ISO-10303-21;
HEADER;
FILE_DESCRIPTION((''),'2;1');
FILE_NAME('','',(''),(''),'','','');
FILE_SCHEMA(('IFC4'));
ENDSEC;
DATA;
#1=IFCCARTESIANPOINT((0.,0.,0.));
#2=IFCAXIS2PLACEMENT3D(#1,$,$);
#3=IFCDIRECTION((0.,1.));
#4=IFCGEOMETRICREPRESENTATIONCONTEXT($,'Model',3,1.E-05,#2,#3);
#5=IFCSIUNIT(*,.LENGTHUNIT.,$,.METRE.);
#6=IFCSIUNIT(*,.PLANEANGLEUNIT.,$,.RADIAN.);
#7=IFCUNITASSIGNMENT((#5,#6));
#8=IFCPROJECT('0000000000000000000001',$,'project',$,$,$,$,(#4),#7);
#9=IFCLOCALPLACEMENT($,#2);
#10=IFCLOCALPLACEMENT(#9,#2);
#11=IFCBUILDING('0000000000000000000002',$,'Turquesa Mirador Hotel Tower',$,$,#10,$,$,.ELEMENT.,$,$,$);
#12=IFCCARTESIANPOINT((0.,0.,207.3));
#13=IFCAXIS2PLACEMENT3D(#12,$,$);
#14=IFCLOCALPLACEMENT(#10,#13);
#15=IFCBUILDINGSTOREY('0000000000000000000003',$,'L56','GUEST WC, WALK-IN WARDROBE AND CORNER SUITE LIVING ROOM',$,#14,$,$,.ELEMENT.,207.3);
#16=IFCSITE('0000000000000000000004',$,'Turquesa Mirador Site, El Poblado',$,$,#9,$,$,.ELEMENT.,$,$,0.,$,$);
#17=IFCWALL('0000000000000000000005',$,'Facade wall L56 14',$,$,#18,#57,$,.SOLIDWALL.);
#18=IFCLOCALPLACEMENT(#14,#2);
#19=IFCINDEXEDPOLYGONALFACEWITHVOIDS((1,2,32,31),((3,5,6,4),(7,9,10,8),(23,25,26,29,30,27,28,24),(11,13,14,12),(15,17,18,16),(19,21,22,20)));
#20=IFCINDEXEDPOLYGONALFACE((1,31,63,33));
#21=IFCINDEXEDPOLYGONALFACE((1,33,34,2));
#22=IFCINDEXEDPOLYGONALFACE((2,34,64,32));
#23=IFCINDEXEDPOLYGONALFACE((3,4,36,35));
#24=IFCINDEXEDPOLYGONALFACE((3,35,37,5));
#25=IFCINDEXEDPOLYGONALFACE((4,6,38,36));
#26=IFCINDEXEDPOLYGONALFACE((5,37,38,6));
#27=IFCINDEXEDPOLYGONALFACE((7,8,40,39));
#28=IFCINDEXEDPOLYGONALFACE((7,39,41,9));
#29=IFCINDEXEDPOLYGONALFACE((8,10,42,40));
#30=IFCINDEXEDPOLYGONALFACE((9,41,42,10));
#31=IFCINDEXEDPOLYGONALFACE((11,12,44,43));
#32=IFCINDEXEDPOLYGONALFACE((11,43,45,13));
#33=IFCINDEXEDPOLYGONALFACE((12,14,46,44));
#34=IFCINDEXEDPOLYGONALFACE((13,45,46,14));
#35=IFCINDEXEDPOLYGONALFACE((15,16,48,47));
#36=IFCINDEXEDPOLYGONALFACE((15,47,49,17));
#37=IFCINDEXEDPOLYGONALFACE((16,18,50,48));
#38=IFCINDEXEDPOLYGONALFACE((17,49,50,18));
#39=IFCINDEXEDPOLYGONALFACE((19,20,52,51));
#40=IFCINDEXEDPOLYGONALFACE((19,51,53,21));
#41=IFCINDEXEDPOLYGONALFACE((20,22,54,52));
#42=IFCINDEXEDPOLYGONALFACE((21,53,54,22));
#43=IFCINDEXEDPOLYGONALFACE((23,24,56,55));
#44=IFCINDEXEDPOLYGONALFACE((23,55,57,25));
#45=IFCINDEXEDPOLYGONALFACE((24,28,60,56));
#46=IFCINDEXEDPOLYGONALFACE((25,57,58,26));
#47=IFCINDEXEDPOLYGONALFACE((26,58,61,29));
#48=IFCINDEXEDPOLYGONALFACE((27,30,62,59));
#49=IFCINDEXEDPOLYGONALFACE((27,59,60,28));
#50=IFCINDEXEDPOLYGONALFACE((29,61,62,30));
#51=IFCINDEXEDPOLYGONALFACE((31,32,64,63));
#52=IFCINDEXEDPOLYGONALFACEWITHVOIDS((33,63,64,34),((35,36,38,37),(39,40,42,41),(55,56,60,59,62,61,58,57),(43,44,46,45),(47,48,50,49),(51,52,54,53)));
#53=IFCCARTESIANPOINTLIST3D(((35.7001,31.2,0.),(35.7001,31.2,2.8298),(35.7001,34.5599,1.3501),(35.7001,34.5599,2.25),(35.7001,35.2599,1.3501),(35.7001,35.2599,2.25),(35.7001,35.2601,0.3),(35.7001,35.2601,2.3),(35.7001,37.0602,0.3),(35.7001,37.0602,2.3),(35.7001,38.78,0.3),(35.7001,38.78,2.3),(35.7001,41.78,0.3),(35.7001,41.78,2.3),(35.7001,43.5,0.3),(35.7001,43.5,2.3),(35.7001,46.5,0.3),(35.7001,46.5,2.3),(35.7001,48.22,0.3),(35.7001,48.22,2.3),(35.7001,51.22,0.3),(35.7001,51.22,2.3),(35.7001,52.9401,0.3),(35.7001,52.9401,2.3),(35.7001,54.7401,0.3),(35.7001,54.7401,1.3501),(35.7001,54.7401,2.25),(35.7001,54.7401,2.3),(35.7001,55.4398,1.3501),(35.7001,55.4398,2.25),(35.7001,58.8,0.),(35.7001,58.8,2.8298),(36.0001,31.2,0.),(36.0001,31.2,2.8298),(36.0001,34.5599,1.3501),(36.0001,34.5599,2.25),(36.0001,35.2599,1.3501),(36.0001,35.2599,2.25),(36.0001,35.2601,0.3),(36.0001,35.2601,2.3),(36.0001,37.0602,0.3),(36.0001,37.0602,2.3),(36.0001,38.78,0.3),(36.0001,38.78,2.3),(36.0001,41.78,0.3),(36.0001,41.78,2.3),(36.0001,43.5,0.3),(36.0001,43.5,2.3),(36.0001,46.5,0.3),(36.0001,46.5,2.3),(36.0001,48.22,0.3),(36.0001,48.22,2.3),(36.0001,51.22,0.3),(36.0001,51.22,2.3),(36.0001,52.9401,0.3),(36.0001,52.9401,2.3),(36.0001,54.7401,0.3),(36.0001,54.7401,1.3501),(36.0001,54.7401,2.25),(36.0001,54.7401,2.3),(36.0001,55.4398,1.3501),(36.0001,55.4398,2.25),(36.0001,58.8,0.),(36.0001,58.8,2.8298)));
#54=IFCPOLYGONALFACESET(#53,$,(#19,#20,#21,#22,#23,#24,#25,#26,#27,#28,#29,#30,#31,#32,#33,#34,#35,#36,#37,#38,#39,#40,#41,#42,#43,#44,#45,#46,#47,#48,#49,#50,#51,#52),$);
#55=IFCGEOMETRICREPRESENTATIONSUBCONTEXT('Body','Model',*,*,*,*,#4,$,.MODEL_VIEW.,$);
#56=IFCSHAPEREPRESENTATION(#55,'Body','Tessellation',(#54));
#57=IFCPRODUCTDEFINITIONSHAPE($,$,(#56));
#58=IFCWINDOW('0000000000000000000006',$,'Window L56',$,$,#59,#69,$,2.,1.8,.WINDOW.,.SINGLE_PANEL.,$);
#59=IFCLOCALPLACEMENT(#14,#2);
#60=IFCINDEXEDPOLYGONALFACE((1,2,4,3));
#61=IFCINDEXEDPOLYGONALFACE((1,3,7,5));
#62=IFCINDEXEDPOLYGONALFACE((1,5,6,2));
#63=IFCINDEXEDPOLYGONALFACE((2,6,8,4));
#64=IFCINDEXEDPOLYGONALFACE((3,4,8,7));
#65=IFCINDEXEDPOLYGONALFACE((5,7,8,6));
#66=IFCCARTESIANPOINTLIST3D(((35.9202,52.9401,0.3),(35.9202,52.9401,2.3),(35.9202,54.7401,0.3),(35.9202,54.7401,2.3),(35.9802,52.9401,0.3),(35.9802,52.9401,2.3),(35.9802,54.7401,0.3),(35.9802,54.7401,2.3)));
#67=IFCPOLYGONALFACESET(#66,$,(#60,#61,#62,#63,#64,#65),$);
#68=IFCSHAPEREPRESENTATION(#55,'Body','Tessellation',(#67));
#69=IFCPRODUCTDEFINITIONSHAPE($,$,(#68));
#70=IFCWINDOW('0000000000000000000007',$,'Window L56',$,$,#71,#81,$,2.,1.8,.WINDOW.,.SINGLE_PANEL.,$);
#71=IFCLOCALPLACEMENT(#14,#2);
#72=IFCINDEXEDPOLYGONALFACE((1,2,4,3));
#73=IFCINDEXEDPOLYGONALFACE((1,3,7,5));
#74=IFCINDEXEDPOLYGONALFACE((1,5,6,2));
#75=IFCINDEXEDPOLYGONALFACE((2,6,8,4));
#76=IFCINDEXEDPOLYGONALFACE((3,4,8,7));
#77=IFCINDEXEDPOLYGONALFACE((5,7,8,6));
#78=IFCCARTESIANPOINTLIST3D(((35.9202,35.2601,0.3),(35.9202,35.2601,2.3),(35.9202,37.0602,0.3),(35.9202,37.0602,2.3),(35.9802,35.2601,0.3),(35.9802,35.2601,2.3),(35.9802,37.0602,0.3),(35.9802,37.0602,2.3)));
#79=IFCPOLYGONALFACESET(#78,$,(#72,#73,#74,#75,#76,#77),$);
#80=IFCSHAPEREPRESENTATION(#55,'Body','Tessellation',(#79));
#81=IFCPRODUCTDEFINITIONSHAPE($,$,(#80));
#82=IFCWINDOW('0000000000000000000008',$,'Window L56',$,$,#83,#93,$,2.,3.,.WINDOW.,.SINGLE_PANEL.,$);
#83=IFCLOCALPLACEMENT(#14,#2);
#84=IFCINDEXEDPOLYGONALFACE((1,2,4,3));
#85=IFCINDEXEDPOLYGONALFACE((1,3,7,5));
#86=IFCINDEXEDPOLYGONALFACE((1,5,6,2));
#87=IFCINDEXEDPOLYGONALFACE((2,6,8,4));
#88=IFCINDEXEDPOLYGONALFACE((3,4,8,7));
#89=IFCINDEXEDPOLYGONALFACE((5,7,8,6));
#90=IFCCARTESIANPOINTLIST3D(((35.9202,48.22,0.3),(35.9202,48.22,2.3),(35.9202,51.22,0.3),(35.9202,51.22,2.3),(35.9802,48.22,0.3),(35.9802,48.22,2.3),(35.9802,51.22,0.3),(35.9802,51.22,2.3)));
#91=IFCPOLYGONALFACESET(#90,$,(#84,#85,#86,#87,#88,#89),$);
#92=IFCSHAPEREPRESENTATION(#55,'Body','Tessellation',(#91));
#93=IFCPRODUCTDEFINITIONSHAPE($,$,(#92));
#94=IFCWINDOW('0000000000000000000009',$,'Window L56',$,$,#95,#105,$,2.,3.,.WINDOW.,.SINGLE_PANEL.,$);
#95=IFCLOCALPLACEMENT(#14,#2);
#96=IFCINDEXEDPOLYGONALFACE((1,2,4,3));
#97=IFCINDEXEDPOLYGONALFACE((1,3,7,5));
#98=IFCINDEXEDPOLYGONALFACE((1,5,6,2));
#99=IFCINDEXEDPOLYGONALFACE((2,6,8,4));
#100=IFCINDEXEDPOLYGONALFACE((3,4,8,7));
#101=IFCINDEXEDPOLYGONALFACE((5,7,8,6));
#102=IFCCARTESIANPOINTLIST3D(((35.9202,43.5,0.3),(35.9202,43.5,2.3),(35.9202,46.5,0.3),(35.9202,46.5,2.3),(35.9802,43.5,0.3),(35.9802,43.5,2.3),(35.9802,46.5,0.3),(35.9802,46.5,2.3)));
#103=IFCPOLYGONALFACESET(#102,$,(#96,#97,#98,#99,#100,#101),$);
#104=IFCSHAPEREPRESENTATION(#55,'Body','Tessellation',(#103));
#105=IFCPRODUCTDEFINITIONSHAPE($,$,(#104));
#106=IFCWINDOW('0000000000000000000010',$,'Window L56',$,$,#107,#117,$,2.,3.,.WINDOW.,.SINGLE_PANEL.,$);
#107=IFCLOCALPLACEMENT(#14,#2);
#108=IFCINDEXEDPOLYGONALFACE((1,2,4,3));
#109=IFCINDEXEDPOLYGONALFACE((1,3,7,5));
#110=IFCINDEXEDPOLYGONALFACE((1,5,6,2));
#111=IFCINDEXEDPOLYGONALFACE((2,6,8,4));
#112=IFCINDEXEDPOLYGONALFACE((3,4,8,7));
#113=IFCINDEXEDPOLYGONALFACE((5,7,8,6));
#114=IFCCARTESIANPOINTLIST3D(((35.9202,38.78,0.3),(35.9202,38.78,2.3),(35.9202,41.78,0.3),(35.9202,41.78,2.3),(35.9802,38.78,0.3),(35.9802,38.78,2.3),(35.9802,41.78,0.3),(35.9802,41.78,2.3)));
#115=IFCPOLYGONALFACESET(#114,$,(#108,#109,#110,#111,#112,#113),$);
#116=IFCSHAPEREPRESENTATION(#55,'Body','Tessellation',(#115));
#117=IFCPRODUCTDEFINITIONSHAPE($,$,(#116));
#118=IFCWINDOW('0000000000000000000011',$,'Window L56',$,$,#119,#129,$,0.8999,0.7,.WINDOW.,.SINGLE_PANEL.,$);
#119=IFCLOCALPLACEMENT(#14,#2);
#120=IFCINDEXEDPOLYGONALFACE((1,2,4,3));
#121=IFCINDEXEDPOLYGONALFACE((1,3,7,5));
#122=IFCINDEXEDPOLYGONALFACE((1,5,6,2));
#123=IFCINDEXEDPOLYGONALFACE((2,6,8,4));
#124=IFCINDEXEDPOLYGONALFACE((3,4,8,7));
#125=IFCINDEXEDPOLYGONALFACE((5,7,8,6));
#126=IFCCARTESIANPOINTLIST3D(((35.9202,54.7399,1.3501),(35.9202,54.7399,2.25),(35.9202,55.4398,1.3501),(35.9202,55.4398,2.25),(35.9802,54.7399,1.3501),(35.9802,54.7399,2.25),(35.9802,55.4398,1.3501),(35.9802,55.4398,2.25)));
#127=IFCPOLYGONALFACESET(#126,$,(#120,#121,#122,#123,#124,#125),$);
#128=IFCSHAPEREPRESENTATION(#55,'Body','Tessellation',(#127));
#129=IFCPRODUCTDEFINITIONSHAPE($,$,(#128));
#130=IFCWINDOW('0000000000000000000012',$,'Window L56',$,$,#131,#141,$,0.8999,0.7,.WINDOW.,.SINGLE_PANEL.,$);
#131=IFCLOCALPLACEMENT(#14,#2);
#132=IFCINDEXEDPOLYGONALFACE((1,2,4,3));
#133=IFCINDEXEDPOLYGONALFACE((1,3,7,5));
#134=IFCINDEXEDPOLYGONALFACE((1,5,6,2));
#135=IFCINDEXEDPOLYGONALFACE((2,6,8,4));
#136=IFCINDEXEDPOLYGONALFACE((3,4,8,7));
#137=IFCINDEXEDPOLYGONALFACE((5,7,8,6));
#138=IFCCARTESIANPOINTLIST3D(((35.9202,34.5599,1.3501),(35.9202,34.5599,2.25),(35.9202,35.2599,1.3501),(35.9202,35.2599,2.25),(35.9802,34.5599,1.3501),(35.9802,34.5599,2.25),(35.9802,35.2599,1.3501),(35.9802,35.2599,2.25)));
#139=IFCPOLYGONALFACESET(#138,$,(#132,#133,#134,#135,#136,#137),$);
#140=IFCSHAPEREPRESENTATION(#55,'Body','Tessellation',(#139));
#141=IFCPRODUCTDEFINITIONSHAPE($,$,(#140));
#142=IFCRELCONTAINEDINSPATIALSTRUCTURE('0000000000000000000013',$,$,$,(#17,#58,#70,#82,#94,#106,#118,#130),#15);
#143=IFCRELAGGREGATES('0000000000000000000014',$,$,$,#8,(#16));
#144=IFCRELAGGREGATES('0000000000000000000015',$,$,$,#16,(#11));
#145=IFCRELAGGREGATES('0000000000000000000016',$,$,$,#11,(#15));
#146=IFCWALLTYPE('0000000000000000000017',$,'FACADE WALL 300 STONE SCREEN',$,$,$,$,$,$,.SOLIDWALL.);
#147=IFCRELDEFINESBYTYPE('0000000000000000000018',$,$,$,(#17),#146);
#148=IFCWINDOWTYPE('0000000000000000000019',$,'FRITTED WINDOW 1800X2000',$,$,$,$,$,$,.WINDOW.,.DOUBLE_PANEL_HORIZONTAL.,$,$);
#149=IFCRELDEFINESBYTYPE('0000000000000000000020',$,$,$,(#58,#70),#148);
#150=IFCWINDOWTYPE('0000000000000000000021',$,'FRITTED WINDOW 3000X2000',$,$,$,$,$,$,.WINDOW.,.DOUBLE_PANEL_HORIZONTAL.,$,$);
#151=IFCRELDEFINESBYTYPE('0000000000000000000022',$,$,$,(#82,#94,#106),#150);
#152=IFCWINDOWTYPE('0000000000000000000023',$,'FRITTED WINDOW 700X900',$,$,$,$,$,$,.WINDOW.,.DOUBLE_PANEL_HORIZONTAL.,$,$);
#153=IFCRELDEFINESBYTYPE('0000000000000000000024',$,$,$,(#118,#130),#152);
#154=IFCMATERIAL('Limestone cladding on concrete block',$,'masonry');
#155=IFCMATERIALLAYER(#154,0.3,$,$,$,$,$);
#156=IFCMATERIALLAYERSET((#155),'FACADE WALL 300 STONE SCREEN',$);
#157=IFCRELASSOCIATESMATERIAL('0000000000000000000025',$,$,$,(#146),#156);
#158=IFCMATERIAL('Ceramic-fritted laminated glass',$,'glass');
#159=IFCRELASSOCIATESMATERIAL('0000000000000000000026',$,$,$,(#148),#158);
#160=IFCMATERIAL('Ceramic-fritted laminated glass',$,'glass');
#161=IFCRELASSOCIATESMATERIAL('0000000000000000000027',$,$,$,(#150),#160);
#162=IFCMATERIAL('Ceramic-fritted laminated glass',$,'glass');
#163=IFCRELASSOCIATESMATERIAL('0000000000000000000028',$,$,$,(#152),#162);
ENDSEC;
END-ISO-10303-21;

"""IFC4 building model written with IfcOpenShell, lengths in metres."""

from ifc_helpers import new_model, si_unit, direction, frame, frame_2d, origin, place, context, subcontext, project, spatial, rectangle, extrude, material, layer, layer_set, type_object, element, fill, save


model = new_model("IFC4")

# Units and contexts
model_context = context("Model", 3, precision=1e-05, world=origin(), true_north=direction((0.0, 1.0)))
body_context = subcontext(model_context, "Body", "Model", "MODEL_VIEW")
ifc_project = project(units=[si_unit("LENGTHUNIT", "METRE"), si_unit("PLANEANGLEUNIT", "RADIAN")], contexts=[model_context])

# Site, building, storey
site_placement = place(None, origin())
site = spatial("IfcSite", under=ifc_project, at=site_placement, Name="Turquesa Mirador Site, El Poblado", CompositionType="ELEMENT", RefElevation=0.0)
building_placement = place(site_placement, origin())
building = spatial("IfcBuilding", under=site, at=building_placement, Name="Turquesa Mirador Hotel Tower", CompositionType="ELEMENT")
storey_placement = place(building_placement, frame((0.0, 0.0, 207.3)))
storey = spatial("IfcBuildingStorey", under=building, at=storey_placement, Name="L56", Description="GUEST WC, WALK-IN WARDROBE AND CORNER SUITE LIVING ROOM", CompositionType="ELEMENT", Elevation=207.3)

# Shared definitions
ifc_material_1 = material(Name="Limestone cladding on concrete block", Category="masonry")
ifc_layer = layer(ifc_material_1, 0.3)
ifc_layer_set = layer_set([ifc_layer], Name="FACADE WALL 300 STONE SCREEN")
wall_type = type_object("IfcWallType", Name="FACADE WALL 300 STONE SCREEN", PredefinedType="SOLIDWALL", material=ifc_layer_set)

# Wall, openings, windows
wall_1_placement = place(storey_placement, frame((35.8501, 58.8, 0.0), z_axis=(0.0, 0.0, 1.0), x_axis=(0.0, -1.0, 0.0)))
wall_1 = element("IfcWall", 1, at=wall_1_placement, inside=storey, type_object=wall_type, Name="Facade wall L56 14", PredefinedType="SOLIDWALL", context=body_context, shape_type="SweptSolid", body=[
    extrude(rectangle(XDim=27.6001, YDim=0.3, at=frame_2d((13.8, 0.0))), origin(), (0.0, 0.0, 1.0), 2.8298),
])
opening_1_placement = place(wall_1_placement, frame((4.0601, 0.0, 0.3)))
opening_1 = element("IfcOpeningElement", 2, at=opening_1_placement, cuts=wall_1, PredefinedType="OPENING", context=body_context, shape_type="SweptSolid", body=[
    extrude(rectangle(XDim=1.8, YDim=2.0, at=frame_2d((0.8999, 1.0))), frame((0.0, 0.1599, 0.0), z_axis=(0.0, -1.0, 0.0), x_axis=(1.0, 0.0, 0.0)), (0.0, 0.0, 1.0), 0.3201),
])
opening_2_placement = place(wall_1_placement, frame((7.5801, 0.0, 0.3)))
opening_2 = element("IfcOpeningElement", 3, at=opening_2_placement, cuts=wall_1, PredefinedType="OPENING", context=body_context, shape_type="SweptSolid", body=[
    extrude(rectangle(XDim=3.0, YDim=2.0, at=frame_2d((1.5, 1.0))), frame((0.0, 0.1599, 0.0), z_axis=(0.0, -1.0, 0.0), x_axis=(1.0, 0.0, 0.0)), (0.0, 0.0, 1.0), 0.3201),
])
opening_3_placement = place(wall_1_placement, frame((12.3, 0.0, 0.3)))
opening_3 = element("IfcOpeningElement", 4, at=opening_3_placement, cuts=wall_1, PredefinedType="OPENING", context=body_context, shape_type="SweptSolid", body=[
    extrude(rectangle(XDim=3.0, YDim=2.0, at=frame_2d((1.5, 1.0))), frame((0.0, 0.1599, 0.0), z_axis=(0.0, -1.0, 0.0), x_axis=(1.0, 0.0, 0.0)), (0.0, 0.0, 1.0), 0.3201),
])
opening_4_placement = place(wall_1_placement, frame((17.02, 0.0, 0.3)))
opening_4 = element("IfcOpeningElement", 5, at=opening_4_placement, cuts=wall_1, PredefinedType="OPENING", context=body_context, shape_type="SweptSolid", body=[
    extrude(rectangle(XDim=3.0, YDim=2.0, at=frame_2d((1.5, 1.0))), frame((0.0, 0.1599, 0.0), z_axis=(0.0, -1.0, 0.0), x_axis=(1.0, 0.0, 0.0)), (0.0, 0.0, 1.0), 0.3201),
])
opening_5_placement = place(wall_1_placement, frame((21.74, 0.0, 0.3)))
opening_5 = element("IfcOpeningElement", 6, at=opening_5_placement, cuts=wall_1, PredefinedType="OPENING", context=body_context, shape_type="SweptSolid", body=[
    extrude(rectangle(XDim=1.8, YDim=2.0, at=frame_2d((0.8999, 1.0))), frame((0.0, 0.1599, 0.0), z_axis=(0.0, -1.0, 0.0), x_axis=(1.0, 0.0, 0.0)), (0.0, 0.0, 1.0), 0.3201),
])
opening_6_placement = place(wall_1_placement, frame((3.3601, 0.0, 1.3501)))
opening_6 = element("IfcOpeningElement", 7, at=opening_6_placement, cuts=wall_1, PredefinedType="OPENING", context=body_context, shape_type="SweptSolid", body=[
    extrude(rectangle(XDim=0.7, YDim=0.8999, at=frame_2d((0.3501, 0.45))), frame((0.0, 0.1599, 0.0), z_axis=(0.0, -1.0, 0.0), x_axis=(1.0, 0.0, 0.0)), (0.0, 0.0, 1.0), 0.3201),
])
opening_7_placement = place(wall_1_placement, frame((23.54, 0.0, 1.3501)))
opening_7 = element("IfcOpeningElement", 8, at=opening_7_placement, cuts=wall_1, PredefinedType="OPENING", context=body_context, shape_type="SweptSolid", body=[
    extrude(rectangle(XDim=0.7, YDim=0.8999, at=frame_2d((0.3501, 0.45))), frame((0.0, 0.1599, 0.0), z_axis=(0.0, -1.0, 0.0), x_axis=(1.0, 0.0, 0.0)), (0.0, 0.0, 1.0), 0.3201),
])
ifc_material_2 = material(Name="Ceramic-fritted laminated glass", Category="glass")
window_type_1 = type_object("IfcWindowType", Name="FRITTED WINDOW 1800X2000", PartitioningType="DOUBLE_PANEL_HORIZONTAL", PredefinedType="WINDOW", material=ifc_material_2)
window_1_placement = place(opening_1_placement, origin())
window_1 = element("IfcWindow", 9, at=window_1_placement, inside=storey, type_object=window_type_1, Name="Window L56", OverallHeight=2.0, OverallWidth=1.8, PartitioningType="SINGLE_PANEL", PredefinedType="WINDOW", context=body_context, shape_type="SweptSolid", body=[
    extrude(rectangle(XDim=1.8, YDim=2.0, at=frame_2d((0.8999, 1.0))), frame((0.0, 0.1301, 0.0), z_axis=(0.0, -1.0, 0.0), x_axis=(1.0, 0.0, 0.0)), (0.0, 0.0, 1.0), 0.0601),
])
fill(opening_1, window_1)
window_2_placement = place(opening_5_placement, origin())
window_2 = element("IfcWindow", 10, at=window_2_placement, inside=storey, type_object=window_type_1, Name="Window L56", OverallHeight=2.0, OverallWidth=1.8, PartitioningType="SINGLE_PANEL", PredefinedType="WINDOW", context=body_context, shape_type="SweptSolid", body=[
    extrude(rectangle(XDim=1.8, YDim=2.0, at=frame_2d((0.8999, 1.0))), frame((0.0, 0.1301, 0.0), z_axis=(0.0, -1.0, 0.0), x_axis=(1.0, 0.0, 0.0)), (0.0, 0.0, 1.0), 0.0601),
])
fill(opening_5, window_2)
ifc_material_3 = material(Name="Ceramic-fritted laminated glass", Category="glass")
window_type_2 = type_object("IfcWindowType", Name="FRITTED WINDOW 3000X2000", PartitioningType="DOUBLE_PANEL_HORIZONTAL", PredefinedType="WINDOW", material=ifc_material_3)
window_3_placement = place(opening_2_placement, origin())
window_3 = element("IfcWindow", 11, at=window_3_placement, inside=storey, type_object=window_type_2, Name="Window L56", OverallHeight=2.0, OverallWidth=3.0, PartitioningType="SINGLE_PANEL", PredefinedType="WINDOW", context=body_context, shape_type="SweptSolid", body=[
    extrude(rectangle(XDim=3.0, YDim=2.0, at=frame_2d((1.5, 1.0))), frame((0.0, 0.1301, 0.0), z_axis=(0.0, -1.0, 0.0), x_axis=(1.0, 0.0, 0.0)), (0.0, 0.0, 1.0), 0.0601),
])
fill(opening_2, window_3)
window_4_placement = place(opening_3_placement, origin())
window_4 = element("IfcWindow", 12, at=window_4_placement, inside=storey, type_object=window_type_2, Name="Window L56", OverallHeight=2.0, OverallWidth=3.0, PartitioningType="SINGLE_PANEL", PredefinedType="WINDOW", context=body_context, shape_type="SweptSolid", body=[
    extrude(rectangle(XDim=3.0, YDim=2.0, at=frame_2d((1.5, 1.0))), frame((0.0, 0.1301, 0.0), z_axis=(0.0, -1.0, 0.0), x_axis=(1.0, 0.0, 0.0)), (0.0, 0.0, 1.0), 0.0601),
])
fill(opening_3, window_4)
window_5_placement = place(opening_4_placement, origin())
window_5 = element("IfcWindow", 13, at=window_5_placement, inside=storey, type_object=window_type_2, Name="Window L56", OverallHeight=2.0, OverallWidth=3.0, PartitioningType="SINGLE_PANEL", PredefinedType="WINDOW", context=body_context, shape_type="SweptSolid", body=[
    extrude(rectangle(XDim=3.0, YDim=2.0, at=frame_2d((1.5, 1.0))), frame((0.0, 0.1301, 0.0), z_axis=(0.0, -1.0, 0.0), x_axis=(1.0, 0.0, 0.0)), (0.0, 0.0, 1.0), 0.0601),
])
fill(opening_4, window_5)
ifc_material_4 = material(Name="Ceramic-fritted laminated glass", Category="glass")
window_type_3 = type_object("IfcWindowType", Name="FRITTED WINDOW 700X900", PartitioningType="DOUBLE_PANEL_HORIZONTAL", PredefinedType="WINDOW", material=ifc_material_4)
window_6_placement = place(opening_6_placement, origin())
window_6 = element("IfcWindow", 14, at=window_6_placement, inside=storey, type_object=window_type_3, Name="Window L56", OverallHeight=0.8999, OverallWidth=0.7, PartitioningType="SINGLE_PANEL", PredefinedType="WINDOW", context=body_context, shape_type="SweptSolid", body=[
    extrude(rectangle(XDim=0.7, YDim=0.8999, at=frame_2d((0.3501, 0.45))), frame((0.0, 0.1301, 0.0), z_axis=(0.0, -1.0, 0.0), x_axis=(1.0, 0.0, 0.0)), (0.0, 0.0, 1.0), 0.0601),
])
fill(opening_6, window_6)
window_7_placement = place(opening_7_placement, origin())
window_7 = element("IfcWindow", 15, at=window_7_placement, inside=storey, type_object=window_type_3, Name="Window L56", OverallHeight=0.8999, OverallWidth=0.7, PartitioningType="SINGLE_PANEL", PredefinedType="WINDOW", context=body_context, shape_type="SweptSolid", body=[
    extrude(rectangle(XDim=0.7, YDim=0.8999, at=frame_2d((0.3501, 0.45))), frame((0.0, 0.1301, 0.0), z_axis=(0.0, -1.0, 0.0), x_axis=(1.0, 0.0, 0.0)), (0.0, 0.0, 1.0), 0.0601),
])
fill(opening_7, window_7)

save(model, "model.ifc")
